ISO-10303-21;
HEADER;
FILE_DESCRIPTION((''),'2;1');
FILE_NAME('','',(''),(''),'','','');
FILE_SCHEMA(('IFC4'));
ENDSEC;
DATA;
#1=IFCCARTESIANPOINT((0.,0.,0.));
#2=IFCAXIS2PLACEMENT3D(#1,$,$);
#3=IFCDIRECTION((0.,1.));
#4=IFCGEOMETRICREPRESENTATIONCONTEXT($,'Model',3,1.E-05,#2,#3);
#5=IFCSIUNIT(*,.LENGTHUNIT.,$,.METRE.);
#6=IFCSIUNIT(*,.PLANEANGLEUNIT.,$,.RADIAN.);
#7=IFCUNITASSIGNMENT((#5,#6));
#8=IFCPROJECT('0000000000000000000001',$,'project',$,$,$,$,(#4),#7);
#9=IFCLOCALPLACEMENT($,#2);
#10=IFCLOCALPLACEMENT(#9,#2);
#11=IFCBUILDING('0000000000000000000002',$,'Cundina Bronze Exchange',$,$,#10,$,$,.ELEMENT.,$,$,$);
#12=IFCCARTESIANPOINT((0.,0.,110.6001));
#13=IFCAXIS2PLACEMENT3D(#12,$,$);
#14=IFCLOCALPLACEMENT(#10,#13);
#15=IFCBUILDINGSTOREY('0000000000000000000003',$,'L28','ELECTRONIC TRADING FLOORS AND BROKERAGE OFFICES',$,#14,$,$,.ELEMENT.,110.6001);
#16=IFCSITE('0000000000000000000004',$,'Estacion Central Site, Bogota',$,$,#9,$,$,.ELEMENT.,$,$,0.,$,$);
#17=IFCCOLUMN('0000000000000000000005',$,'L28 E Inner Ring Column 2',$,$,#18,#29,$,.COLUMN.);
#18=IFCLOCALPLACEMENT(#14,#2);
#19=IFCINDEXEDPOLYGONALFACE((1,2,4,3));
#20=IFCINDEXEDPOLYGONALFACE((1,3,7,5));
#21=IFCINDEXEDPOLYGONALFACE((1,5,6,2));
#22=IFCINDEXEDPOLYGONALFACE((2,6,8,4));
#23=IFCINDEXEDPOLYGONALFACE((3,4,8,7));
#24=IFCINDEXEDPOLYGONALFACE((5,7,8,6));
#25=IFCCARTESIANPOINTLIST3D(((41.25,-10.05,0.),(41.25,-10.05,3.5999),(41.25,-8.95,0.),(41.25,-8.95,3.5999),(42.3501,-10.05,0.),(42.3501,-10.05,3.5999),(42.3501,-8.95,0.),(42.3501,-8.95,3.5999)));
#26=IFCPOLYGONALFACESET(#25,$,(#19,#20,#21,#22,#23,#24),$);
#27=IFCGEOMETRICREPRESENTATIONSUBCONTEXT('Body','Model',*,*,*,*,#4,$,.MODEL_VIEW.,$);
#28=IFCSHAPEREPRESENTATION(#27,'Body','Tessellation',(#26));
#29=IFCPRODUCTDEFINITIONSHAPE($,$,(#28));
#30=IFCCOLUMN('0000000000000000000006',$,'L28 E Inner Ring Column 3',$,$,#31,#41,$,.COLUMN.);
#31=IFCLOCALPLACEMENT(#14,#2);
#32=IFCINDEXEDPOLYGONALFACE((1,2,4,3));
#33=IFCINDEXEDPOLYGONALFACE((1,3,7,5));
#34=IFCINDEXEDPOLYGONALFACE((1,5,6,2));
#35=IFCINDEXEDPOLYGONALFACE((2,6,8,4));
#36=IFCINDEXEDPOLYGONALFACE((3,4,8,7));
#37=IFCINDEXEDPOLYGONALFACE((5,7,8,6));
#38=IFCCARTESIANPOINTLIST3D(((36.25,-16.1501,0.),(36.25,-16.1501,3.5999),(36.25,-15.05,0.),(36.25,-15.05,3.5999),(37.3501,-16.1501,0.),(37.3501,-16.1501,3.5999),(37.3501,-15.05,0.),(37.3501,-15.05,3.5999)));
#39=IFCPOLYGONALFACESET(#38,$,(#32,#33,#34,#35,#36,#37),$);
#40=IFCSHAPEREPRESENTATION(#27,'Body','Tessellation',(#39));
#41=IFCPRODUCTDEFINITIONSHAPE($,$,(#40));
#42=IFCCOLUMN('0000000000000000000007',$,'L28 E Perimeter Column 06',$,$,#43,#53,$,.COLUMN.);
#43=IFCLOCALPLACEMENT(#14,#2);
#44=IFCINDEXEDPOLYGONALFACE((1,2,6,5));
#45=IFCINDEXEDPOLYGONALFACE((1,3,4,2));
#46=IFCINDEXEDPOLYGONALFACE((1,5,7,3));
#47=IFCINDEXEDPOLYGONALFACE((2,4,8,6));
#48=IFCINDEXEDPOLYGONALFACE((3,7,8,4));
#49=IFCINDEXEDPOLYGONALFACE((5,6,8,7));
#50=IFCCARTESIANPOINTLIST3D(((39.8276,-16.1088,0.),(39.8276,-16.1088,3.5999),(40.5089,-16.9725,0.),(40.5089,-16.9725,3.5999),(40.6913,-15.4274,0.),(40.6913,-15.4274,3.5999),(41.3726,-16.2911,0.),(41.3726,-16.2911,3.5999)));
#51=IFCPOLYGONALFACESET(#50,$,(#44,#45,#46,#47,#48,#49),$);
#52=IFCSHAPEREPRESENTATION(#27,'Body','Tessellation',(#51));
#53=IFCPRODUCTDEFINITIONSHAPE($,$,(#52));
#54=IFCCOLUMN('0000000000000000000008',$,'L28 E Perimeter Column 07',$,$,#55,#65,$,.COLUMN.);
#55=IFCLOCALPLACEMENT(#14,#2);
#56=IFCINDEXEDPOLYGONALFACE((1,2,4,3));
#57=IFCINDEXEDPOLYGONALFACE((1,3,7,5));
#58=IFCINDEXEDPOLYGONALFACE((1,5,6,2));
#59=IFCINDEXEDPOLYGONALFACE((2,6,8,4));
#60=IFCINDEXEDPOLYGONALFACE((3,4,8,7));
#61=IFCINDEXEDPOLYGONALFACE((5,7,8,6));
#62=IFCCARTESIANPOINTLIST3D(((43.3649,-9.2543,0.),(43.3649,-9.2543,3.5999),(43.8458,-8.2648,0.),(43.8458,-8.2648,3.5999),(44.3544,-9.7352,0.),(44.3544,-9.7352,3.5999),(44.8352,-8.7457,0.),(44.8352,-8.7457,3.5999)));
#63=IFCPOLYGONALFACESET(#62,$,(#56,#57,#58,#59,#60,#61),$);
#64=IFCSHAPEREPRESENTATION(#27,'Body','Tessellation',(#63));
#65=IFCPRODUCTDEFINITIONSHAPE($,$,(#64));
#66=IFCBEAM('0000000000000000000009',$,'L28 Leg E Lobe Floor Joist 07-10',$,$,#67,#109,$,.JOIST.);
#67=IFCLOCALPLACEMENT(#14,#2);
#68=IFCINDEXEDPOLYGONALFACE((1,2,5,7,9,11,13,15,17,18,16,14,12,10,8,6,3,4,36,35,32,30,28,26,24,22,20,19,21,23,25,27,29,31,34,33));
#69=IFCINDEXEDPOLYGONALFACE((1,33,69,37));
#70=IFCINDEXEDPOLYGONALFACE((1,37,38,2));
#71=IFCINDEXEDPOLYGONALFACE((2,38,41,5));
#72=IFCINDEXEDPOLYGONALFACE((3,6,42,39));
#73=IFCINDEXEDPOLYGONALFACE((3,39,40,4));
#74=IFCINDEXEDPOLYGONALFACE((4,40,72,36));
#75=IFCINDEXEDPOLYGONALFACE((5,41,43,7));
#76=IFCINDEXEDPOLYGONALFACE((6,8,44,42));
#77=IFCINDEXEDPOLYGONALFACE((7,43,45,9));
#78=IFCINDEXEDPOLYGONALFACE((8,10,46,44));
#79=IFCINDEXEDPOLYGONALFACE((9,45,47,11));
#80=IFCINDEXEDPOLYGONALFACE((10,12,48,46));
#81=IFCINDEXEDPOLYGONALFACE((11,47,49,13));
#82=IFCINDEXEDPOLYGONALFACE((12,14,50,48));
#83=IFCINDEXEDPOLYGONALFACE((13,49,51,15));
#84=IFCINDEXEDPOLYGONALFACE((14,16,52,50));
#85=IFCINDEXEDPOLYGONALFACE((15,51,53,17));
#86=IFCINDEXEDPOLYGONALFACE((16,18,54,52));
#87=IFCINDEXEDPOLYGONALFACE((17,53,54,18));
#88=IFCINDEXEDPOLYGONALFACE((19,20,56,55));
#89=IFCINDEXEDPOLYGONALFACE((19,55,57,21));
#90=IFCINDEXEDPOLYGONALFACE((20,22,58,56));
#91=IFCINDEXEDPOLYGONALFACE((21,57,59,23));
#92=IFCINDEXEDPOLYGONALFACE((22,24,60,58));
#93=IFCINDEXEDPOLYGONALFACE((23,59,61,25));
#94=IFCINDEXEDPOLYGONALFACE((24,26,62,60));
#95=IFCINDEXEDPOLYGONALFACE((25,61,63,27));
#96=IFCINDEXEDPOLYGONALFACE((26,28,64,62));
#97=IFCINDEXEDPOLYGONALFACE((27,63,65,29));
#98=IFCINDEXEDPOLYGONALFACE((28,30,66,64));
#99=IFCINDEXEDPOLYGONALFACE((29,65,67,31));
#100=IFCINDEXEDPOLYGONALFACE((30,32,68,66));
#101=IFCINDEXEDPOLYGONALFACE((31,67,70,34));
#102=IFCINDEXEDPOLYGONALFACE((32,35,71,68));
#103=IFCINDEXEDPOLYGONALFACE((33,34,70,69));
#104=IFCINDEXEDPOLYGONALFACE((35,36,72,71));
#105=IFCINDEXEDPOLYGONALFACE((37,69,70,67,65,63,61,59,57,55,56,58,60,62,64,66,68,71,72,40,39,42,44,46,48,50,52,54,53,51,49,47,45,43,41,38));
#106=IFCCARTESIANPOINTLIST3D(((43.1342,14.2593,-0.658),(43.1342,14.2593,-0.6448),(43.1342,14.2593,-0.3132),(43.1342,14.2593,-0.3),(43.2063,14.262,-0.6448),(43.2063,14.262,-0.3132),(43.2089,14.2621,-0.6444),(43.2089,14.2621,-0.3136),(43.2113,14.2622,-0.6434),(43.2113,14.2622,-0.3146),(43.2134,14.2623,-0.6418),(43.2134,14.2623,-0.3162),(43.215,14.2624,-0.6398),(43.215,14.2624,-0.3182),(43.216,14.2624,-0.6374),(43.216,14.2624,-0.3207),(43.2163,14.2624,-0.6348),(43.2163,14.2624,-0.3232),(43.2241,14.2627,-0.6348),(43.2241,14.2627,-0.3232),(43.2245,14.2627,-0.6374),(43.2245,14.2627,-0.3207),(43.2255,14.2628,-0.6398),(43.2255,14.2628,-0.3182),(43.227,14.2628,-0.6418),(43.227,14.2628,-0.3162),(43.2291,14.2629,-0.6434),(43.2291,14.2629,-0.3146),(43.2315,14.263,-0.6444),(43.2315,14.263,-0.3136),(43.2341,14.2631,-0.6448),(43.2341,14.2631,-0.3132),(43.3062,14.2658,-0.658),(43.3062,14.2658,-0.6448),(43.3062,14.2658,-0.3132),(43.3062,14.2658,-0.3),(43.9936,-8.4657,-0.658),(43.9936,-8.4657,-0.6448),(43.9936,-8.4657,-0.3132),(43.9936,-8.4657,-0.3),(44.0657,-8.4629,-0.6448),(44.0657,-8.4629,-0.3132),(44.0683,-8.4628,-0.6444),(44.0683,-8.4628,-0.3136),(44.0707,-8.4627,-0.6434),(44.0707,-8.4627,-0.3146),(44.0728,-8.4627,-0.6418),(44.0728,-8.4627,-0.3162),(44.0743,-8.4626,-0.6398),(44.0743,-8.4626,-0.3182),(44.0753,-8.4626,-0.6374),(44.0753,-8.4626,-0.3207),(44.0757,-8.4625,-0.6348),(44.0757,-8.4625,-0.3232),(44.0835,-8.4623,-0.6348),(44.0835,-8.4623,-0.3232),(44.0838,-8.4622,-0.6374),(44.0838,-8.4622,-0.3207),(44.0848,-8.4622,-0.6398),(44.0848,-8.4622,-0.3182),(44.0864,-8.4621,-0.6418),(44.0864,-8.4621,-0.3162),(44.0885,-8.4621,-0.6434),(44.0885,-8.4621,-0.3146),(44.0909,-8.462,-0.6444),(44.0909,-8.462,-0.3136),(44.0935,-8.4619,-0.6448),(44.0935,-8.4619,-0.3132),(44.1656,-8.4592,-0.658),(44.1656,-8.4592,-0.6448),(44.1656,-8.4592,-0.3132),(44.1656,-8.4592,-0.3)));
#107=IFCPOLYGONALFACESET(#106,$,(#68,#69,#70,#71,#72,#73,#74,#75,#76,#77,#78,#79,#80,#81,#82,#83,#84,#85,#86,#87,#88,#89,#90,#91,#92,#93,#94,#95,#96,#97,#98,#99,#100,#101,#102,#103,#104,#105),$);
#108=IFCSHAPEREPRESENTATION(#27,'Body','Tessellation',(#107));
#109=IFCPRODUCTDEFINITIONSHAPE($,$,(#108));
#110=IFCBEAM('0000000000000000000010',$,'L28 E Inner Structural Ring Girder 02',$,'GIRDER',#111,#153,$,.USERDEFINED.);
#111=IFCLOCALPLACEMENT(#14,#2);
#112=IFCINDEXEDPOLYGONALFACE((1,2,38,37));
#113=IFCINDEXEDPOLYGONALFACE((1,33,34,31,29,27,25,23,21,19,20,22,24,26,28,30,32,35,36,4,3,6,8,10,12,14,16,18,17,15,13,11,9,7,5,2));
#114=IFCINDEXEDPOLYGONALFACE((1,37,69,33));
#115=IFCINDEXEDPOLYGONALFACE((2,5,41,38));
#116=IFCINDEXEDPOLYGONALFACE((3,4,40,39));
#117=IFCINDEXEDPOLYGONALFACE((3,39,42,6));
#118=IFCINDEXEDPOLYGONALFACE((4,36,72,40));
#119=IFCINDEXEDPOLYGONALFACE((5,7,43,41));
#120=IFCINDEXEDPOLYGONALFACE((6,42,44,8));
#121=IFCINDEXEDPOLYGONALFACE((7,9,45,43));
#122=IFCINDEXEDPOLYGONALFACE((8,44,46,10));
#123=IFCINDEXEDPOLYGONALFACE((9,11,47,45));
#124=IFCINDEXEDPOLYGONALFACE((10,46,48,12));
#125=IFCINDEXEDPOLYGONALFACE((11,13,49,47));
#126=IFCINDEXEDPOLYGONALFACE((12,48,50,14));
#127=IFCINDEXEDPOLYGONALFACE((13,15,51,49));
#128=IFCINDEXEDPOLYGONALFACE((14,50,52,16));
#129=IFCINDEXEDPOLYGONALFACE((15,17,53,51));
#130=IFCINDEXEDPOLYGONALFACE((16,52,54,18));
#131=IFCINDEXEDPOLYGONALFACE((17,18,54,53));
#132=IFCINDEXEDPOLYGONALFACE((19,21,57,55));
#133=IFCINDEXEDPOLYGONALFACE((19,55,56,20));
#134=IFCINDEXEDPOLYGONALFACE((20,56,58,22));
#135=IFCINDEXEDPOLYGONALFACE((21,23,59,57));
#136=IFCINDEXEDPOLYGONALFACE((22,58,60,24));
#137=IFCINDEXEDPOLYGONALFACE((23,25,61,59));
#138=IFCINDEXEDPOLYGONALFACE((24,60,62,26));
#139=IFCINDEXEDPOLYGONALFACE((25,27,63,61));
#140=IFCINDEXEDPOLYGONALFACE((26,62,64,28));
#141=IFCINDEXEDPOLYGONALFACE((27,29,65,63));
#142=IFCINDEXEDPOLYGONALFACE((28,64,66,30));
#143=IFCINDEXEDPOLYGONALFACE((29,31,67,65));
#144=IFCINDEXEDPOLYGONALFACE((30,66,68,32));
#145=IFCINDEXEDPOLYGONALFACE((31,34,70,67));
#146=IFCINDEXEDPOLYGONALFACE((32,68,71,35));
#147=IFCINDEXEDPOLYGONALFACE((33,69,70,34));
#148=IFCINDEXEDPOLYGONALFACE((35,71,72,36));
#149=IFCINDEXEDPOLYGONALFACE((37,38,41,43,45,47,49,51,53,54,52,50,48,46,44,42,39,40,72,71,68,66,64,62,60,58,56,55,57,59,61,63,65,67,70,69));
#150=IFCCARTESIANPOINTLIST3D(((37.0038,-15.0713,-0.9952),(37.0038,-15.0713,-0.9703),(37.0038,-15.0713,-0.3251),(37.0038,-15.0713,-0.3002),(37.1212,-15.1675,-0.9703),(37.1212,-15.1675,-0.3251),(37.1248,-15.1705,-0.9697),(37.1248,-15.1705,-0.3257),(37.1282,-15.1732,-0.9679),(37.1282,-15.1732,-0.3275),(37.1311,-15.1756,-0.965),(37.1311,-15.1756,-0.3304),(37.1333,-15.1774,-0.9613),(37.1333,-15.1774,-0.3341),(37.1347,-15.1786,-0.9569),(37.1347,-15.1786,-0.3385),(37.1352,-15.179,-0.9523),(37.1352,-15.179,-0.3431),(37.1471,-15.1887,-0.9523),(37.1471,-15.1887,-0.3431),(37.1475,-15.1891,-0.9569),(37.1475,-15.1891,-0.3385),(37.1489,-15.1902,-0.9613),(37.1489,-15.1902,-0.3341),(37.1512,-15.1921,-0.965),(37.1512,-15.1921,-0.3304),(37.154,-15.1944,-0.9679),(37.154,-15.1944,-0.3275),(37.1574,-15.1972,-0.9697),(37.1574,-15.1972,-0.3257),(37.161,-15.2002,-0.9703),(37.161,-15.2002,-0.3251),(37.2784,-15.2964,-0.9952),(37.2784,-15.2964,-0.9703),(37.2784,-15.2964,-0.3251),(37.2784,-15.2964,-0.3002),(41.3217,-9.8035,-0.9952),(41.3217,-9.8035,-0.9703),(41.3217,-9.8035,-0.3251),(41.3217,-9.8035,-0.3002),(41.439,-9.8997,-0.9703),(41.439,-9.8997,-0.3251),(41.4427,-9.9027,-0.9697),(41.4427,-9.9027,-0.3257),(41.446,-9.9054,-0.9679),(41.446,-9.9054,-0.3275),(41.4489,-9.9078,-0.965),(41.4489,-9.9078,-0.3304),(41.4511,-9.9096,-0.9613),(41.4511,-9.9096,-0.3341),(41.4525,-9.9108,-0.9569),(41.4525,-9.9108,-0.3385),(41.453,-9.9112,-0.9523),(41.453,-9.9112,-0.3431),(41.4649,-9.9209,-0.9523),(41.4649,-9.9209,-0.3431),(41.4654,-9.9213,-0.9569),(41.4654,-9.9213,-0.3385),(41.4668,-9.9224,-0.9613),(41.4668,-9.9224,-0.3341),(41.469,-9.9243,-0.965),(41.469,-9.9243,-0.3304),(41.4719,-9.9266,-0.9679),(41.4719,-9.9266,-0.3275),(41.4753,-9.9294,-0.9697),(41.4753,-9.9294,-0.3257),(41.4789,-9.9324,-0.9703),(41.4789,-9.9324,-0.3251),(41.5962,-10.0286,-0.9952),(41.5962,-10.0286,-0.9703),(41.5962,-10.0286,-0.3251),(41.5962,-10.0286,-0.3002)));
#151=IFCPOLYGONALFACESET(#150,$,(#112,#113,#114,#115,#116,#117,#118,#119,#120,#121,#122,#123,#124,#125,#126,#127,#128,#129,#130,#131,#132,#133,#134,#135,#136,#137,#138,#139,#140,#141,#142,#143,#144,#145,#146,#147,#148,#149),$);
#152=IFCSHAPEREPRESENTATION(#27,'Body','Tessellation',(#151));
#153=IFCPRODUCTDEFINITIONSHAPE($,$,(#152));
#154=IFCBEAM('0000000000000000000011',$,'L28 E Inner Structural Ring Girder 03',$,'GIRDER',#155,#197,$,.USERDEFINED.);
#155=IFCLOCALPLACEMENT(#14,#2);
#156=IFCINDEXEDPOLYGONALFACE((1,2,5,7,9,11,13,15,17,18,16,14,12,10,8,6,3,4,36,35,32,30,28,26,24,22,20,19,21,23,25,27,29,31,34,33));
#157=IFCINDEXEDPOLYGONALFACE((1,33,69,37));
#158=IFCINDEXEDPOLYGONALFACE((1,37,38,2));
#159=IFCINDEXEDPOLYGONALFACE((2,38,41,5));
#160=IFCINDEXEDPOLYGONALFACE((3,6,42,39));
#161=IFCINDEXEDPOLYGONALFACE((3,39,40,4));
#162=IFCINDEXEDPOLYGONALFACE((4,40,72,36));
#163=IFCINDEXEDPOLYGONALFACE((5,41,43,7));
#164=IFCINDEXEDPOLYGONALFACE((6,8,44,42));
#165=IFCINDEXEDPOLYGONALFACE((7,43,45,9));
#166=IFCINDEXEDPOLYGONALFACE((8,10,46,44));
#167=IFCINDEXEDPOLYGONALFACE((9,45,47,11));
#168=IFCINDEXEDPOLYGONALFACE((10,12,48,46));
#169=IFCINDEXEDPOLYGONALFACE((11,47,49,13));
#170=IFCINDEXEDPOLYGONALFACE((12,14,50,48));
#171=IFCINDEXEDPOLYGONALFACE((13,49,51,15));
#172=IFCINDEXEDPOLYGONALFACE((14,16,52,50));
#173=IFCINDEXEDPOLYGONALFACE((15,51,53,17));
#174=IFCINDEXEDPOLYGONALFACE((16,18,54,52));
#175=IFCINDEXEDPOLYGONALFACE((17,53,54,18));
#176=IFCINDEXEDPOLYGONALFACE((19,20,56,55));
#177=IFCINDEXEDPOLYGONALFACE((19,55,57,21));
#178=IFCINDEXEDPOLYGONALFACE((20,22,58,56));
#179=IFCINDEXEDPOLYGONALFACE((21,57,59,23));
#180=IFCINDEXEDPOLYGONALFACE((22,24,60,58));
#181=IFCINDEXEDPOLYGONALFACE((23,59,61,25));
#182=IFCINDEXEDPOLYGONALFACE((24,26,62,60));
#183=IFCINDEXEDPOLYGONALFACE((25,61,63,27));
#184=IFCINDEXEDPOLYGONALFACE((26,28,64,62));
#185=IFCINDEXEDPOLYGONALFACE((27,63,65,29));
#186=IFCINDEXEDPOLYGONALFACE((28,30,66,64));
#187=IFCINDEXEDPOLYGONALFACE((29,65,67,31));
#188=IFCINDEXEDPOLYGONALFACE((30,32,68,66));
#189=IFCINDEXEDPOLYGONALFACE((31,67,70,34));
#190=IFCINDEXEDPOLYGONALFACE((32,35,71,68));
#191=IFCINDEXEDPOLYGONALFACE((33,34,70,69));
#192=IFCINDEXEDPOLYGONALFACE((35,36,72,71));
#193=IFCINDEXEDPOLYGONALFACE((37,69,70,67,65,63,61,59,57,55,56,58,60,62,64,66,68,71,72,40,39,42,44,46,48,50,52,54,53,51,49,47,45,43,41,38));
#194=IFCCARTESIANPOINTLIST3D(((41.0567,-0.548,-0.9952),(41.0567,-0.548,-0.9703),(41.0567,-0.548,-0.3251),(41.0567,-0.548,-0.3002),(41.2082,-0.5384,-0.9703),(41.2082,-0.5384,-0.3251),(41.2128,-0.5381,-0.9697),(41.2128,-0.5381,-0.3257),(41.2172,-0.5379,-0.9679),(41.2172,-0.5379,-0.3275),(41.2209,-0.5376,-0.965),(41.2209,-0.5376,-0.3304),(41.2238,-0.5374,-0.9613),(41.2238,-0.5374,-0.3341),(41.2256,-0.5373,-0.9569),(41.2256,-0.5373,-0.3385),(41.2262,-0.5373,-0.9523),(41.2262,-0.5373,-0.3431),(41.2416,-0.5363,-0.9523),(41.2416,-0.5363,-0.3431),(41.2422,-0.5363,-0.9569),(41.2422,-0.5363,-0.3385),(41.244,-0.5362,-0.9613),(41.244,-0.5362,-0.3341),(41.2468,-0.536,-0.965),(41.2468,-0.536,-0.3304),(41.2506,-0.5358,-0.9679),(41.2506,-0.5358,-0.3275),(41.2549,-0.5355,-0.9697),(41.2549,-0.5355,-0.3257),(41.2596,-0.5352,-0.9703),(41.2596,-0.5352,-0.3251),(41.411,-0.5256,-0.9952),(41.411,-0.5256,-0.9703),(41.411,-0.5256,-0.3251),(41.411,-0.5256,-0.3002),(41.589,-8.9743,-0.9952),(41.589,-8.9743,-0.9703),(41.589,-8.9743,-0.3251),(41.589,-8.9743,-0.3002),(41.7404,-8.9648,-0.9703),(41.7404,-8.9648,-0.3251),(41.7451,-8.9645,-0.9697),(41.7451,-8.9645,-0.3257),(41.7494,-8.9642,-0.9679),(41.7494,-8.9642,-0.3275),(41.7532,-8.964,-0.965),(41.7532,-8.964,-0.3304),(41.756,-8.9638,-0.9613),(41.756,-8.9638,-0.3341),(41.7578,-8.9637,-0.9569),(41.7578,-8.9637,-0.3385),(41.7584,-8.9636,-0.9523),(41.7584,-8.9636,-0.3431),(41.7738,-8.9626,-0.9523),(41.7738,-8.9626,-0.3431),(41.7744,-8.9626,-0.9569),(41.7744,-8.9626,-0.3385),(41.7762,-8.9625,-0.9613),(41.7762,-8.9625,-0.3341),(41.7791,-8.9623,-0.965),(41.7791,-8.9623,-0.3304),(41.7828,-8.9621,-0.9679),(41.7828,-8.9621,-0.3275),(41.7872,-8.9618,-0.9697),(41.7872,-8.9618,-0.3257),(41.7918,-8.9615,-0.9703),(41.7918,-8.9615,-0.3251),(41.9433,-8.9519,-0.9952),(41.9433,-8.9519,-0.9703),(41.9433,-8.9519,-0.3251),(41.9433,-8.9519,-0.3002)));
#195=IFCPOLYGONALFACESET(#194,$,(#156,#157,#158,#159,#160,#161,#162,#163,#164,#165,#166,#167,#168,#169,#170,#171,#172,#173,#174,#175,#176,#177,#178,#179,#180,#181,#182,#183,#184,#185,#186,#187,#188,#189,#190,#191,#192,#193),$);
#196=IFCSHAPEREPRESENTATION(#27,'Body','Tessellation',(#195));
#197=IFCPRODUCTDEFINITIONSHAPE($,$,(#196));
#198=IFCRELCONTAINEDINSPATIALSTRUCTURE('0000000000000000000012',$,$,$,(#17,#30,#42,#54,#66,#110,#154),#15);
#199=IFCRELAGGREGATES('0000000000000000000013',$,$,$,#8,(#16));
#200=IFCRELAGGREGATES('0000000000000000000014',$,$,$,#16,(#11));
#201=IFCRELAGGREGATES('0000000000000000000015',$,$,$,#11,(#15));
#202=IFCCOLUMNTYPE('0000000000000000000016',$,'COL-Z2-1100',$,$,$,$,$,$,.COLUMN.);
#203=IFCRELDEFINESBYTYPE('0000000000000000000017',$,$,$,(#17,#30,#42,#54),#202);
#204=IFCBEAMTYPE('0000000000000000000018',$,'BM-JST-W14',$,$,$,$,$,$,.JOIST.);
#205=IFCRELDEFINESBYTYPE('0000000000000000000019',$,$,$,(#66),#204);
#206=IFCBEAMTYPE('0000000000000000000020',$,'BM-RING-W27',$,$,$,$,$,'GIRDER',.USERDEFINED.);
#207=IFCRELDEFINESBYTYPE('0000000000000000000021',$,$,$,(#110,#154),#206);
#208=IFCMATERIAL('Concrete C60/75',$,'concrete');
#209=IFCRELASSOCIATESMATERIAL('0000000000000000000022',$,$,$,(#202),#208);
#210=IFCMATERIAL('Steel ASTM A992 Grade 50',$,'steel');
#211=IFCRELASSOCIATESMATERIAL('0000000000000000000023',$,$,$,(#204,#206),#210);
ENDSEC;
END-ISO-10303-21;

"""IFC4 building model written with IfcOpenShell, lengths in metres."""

from ifc_helpers import new_model, si_unit, direction, frame, origin, origin_2d, place, context, subcontext, project, spatial, rectangle, i_section, extrude, material, material_profile, profile_set, type_object, element, save


model = new_model("IFC4")

# Units and contexts
model_context = context("Model", 3, precision=1e-05, world=origin(), true_north=direction((0.0, 1.0)))
body_context = subcontext(model_context, "Body", "Model", "MODEL_VIEW")
ifc_project = project(units=[si_unit("LENGTHUNIT", "METRE"), si_unit("PLANEANGLEUNIT", "RADIAN")], contexts=[model_context])

# Site, building, storey
site_placement = place(None, origin())
site = spatial("IfcSite", under=ifc_project, at=site_placement, Name="Estacion Central Site, Bogota", CompositionType="ELEMENT", RefElevation=0.0)
building_placement = place(site_placement, origin())
building = spatial("IfcBuilding", under=site, at=building_placement, Name="Cundina Bronze Exchange", CompositionType="ELEMENT")
storey_placement = place(building_placement, frame((0.0, 0.0, 110.6001)))
storey = spatial("IfcBuildingStorey", under=building, at=storey_placement, Name="L28", Description="ELECTRONIC TRADING FLOORS AND BROKERAGE OFFICES", CompositionType="ELEMENT", Elevation=110.6001)

# Columns
ifc_material_1 = material(Name="Concrete C60/75", Category="concrete")
ifc_material_profile_1 = material_profile(ifc_material_1, rectangle(XDim=1.1001, YDim=1.1001, at=origin_2d()), Name="RC1100X1100", Category="concrete")
ifc_profile_set_1 = profile_set([ifc_material_profile_1], Name="Concrete C60/75")
column_type = type_object("IfcColumnType", Name="COL-Z2-1100", PredefinedType="COLUMN", material=ifc_profile_set_1)
for number, where, z_axis, x_axis, name in (
    (1, (41.8, -9.5, 0.0), (0.0, 0.0, 1.0), (1.0, 0.0, 0.0), "L28 E Inner Ring Column 2"),
    (2, (36.8, -15.6001, 0.0), (0.0, 0.0, 1.0), (1.0, 0.0, 0.0), "L28 E Inner Ring Column 3"),
    (3, (40.6001, -16.2, 0.0), (0.0, 0.0, 1.0), (0.785101, 0.619368, 0.0), "L28 E Perimeter Column 06"),
    (4, (44.1001, -9.0, 0.0), (0.0, 0.0, 1.0), (0.437116, 0.899405, 0.0), "L28 E Perimeter Column 07"),
):
    element("IfcColumn", number, at=place(storey_placement, frame(where, z_axis=z_axis, x_axis=x_axis)), inside=storey, type_object=column_type, Name=name, PredefinedType="COLUMN", context=body_context, shape_type="SweptSolid", body=[
        extrude(rectangle(XDim=1.1001, YDim=1.1001, at=origin_2d()), origin(), (0.0, 0.0, 1.0), 3.5999),
    ])

# Beams
ifc_material_2 = material(Name="Steel ASTM A992 Grade 50", Category="steel")
ifc_material_profile_2 = material_profile(ifc_material_2, i_section(OverallWidth=0.1721, OverallDepth=0.3579, WebThickness=0.0078, FlangeThickness=0.0132, FilletRadius=0.01, at=origin_2d()), Name="W14X38", Category="steel")
ifc_profile_set_2 = profile_set([ifc_material_profile_2], Name="Steel ASTM A992 Grade 50")
beam_type_1 = type_object("IfcBeamType", Name="BM-JST-W14", PredefinedType="JOIST", material=ifc_profile_set_2)
beam_1_placement = place(storey_placement, frame((44.0796, -8.4624, -0.479), z_axis=(-0.03779, 0.999286, 0.0), x_axis=(-0.999286, -0.03779, 0.0)))
element("IfcBeam", 5, at=beam_1_placement, inside=storey, type_object=beam_type_1, Name="L28 Leg E Lobe Floor Joist 07-10", PredefinedType="JOIST", context=body_context, shape_type="SweptSolid", body=[
    extrude(i_section(OverallWidth=0.1721, OverallDepth=0.3579, WebThickness=0.0078, FlangeThickness=0.0132, FilletRadius=0.01, at=origin_2d()), origin(), (0.0, 0.0, 1.0), 22.7412),
])
ifc_material_profile_3 = material_profile(ifc_material_2, i_section(OverallWidth=0.355, OverallDepth=0.6951, WebThickness=0.0154, FlangeThickness=0.0249, FilletRadius=0.0181, at=origin_2d()), Name="W27X146", Category="steel")
ifc_profile_set_3 = profile_set([ifc_material_profile_3], Name="Steel ASTM A992 Grade 50")
beam_type_2 = type_object("IfcBeamType", Name="BM-RING-W27", ElementType="GIRDER", PredefinedType="USERDEFINED", material=ifc_profile_set_3)
beam_2_placement = place(storey_placement, frame((37.1411, -15.1838, -0.6477), z_axis=(0.633927, 0.773393, 0.0), x_axis=(-0.773393, 0.633927, 0.0)))
element("IfcBeam", 6, at=beam_2_placement, inside=storey, type_object=beam_type_2, Name="L28 E Inner Structural Ring Girder 02", ObjectType="GIRDER", PredefinedType="USERDEFINED", context=body_context, shape_type="SweptSolid", body=[
    extrude(i_section(OverallWidth=0.355, OverallDepth=0.6951, WebThickness=0.0154, FlangeThickness=0.0249, FilletRadius=0.0181, at=origin_2d()), origin(), (0.0, 0.0, 1.0), 6.8113),
])
beam_3_placement = place(storey_placement, frame((41.7661, -8.9631, -0.6477), z_axis=(-0.063037, 0.998011, 0.0), x_axis=(-0.998011, -0.063037, 0.0)))
element("IfcBeam", 7, at=beam_3_placement, inside=storey, type_object=beam_type_2, Name="L28 E Inner Structural Ring Girder 03", ObjectType="GIRDER", PredefinedType="USERDEFINED", context=body_context, shape_type="SweptSolid", body=[
    extrude(i_section(OverallWidth=0.355, OverallDepth=0.6951, WebThickness=0.0154, FlangeThickness=0.0249, FilletRadius=0.0181, at=origin_2d()), origin(), (0.0, 0.0, 1.0), 8.4431),
])

save(model, "model.ifc")
